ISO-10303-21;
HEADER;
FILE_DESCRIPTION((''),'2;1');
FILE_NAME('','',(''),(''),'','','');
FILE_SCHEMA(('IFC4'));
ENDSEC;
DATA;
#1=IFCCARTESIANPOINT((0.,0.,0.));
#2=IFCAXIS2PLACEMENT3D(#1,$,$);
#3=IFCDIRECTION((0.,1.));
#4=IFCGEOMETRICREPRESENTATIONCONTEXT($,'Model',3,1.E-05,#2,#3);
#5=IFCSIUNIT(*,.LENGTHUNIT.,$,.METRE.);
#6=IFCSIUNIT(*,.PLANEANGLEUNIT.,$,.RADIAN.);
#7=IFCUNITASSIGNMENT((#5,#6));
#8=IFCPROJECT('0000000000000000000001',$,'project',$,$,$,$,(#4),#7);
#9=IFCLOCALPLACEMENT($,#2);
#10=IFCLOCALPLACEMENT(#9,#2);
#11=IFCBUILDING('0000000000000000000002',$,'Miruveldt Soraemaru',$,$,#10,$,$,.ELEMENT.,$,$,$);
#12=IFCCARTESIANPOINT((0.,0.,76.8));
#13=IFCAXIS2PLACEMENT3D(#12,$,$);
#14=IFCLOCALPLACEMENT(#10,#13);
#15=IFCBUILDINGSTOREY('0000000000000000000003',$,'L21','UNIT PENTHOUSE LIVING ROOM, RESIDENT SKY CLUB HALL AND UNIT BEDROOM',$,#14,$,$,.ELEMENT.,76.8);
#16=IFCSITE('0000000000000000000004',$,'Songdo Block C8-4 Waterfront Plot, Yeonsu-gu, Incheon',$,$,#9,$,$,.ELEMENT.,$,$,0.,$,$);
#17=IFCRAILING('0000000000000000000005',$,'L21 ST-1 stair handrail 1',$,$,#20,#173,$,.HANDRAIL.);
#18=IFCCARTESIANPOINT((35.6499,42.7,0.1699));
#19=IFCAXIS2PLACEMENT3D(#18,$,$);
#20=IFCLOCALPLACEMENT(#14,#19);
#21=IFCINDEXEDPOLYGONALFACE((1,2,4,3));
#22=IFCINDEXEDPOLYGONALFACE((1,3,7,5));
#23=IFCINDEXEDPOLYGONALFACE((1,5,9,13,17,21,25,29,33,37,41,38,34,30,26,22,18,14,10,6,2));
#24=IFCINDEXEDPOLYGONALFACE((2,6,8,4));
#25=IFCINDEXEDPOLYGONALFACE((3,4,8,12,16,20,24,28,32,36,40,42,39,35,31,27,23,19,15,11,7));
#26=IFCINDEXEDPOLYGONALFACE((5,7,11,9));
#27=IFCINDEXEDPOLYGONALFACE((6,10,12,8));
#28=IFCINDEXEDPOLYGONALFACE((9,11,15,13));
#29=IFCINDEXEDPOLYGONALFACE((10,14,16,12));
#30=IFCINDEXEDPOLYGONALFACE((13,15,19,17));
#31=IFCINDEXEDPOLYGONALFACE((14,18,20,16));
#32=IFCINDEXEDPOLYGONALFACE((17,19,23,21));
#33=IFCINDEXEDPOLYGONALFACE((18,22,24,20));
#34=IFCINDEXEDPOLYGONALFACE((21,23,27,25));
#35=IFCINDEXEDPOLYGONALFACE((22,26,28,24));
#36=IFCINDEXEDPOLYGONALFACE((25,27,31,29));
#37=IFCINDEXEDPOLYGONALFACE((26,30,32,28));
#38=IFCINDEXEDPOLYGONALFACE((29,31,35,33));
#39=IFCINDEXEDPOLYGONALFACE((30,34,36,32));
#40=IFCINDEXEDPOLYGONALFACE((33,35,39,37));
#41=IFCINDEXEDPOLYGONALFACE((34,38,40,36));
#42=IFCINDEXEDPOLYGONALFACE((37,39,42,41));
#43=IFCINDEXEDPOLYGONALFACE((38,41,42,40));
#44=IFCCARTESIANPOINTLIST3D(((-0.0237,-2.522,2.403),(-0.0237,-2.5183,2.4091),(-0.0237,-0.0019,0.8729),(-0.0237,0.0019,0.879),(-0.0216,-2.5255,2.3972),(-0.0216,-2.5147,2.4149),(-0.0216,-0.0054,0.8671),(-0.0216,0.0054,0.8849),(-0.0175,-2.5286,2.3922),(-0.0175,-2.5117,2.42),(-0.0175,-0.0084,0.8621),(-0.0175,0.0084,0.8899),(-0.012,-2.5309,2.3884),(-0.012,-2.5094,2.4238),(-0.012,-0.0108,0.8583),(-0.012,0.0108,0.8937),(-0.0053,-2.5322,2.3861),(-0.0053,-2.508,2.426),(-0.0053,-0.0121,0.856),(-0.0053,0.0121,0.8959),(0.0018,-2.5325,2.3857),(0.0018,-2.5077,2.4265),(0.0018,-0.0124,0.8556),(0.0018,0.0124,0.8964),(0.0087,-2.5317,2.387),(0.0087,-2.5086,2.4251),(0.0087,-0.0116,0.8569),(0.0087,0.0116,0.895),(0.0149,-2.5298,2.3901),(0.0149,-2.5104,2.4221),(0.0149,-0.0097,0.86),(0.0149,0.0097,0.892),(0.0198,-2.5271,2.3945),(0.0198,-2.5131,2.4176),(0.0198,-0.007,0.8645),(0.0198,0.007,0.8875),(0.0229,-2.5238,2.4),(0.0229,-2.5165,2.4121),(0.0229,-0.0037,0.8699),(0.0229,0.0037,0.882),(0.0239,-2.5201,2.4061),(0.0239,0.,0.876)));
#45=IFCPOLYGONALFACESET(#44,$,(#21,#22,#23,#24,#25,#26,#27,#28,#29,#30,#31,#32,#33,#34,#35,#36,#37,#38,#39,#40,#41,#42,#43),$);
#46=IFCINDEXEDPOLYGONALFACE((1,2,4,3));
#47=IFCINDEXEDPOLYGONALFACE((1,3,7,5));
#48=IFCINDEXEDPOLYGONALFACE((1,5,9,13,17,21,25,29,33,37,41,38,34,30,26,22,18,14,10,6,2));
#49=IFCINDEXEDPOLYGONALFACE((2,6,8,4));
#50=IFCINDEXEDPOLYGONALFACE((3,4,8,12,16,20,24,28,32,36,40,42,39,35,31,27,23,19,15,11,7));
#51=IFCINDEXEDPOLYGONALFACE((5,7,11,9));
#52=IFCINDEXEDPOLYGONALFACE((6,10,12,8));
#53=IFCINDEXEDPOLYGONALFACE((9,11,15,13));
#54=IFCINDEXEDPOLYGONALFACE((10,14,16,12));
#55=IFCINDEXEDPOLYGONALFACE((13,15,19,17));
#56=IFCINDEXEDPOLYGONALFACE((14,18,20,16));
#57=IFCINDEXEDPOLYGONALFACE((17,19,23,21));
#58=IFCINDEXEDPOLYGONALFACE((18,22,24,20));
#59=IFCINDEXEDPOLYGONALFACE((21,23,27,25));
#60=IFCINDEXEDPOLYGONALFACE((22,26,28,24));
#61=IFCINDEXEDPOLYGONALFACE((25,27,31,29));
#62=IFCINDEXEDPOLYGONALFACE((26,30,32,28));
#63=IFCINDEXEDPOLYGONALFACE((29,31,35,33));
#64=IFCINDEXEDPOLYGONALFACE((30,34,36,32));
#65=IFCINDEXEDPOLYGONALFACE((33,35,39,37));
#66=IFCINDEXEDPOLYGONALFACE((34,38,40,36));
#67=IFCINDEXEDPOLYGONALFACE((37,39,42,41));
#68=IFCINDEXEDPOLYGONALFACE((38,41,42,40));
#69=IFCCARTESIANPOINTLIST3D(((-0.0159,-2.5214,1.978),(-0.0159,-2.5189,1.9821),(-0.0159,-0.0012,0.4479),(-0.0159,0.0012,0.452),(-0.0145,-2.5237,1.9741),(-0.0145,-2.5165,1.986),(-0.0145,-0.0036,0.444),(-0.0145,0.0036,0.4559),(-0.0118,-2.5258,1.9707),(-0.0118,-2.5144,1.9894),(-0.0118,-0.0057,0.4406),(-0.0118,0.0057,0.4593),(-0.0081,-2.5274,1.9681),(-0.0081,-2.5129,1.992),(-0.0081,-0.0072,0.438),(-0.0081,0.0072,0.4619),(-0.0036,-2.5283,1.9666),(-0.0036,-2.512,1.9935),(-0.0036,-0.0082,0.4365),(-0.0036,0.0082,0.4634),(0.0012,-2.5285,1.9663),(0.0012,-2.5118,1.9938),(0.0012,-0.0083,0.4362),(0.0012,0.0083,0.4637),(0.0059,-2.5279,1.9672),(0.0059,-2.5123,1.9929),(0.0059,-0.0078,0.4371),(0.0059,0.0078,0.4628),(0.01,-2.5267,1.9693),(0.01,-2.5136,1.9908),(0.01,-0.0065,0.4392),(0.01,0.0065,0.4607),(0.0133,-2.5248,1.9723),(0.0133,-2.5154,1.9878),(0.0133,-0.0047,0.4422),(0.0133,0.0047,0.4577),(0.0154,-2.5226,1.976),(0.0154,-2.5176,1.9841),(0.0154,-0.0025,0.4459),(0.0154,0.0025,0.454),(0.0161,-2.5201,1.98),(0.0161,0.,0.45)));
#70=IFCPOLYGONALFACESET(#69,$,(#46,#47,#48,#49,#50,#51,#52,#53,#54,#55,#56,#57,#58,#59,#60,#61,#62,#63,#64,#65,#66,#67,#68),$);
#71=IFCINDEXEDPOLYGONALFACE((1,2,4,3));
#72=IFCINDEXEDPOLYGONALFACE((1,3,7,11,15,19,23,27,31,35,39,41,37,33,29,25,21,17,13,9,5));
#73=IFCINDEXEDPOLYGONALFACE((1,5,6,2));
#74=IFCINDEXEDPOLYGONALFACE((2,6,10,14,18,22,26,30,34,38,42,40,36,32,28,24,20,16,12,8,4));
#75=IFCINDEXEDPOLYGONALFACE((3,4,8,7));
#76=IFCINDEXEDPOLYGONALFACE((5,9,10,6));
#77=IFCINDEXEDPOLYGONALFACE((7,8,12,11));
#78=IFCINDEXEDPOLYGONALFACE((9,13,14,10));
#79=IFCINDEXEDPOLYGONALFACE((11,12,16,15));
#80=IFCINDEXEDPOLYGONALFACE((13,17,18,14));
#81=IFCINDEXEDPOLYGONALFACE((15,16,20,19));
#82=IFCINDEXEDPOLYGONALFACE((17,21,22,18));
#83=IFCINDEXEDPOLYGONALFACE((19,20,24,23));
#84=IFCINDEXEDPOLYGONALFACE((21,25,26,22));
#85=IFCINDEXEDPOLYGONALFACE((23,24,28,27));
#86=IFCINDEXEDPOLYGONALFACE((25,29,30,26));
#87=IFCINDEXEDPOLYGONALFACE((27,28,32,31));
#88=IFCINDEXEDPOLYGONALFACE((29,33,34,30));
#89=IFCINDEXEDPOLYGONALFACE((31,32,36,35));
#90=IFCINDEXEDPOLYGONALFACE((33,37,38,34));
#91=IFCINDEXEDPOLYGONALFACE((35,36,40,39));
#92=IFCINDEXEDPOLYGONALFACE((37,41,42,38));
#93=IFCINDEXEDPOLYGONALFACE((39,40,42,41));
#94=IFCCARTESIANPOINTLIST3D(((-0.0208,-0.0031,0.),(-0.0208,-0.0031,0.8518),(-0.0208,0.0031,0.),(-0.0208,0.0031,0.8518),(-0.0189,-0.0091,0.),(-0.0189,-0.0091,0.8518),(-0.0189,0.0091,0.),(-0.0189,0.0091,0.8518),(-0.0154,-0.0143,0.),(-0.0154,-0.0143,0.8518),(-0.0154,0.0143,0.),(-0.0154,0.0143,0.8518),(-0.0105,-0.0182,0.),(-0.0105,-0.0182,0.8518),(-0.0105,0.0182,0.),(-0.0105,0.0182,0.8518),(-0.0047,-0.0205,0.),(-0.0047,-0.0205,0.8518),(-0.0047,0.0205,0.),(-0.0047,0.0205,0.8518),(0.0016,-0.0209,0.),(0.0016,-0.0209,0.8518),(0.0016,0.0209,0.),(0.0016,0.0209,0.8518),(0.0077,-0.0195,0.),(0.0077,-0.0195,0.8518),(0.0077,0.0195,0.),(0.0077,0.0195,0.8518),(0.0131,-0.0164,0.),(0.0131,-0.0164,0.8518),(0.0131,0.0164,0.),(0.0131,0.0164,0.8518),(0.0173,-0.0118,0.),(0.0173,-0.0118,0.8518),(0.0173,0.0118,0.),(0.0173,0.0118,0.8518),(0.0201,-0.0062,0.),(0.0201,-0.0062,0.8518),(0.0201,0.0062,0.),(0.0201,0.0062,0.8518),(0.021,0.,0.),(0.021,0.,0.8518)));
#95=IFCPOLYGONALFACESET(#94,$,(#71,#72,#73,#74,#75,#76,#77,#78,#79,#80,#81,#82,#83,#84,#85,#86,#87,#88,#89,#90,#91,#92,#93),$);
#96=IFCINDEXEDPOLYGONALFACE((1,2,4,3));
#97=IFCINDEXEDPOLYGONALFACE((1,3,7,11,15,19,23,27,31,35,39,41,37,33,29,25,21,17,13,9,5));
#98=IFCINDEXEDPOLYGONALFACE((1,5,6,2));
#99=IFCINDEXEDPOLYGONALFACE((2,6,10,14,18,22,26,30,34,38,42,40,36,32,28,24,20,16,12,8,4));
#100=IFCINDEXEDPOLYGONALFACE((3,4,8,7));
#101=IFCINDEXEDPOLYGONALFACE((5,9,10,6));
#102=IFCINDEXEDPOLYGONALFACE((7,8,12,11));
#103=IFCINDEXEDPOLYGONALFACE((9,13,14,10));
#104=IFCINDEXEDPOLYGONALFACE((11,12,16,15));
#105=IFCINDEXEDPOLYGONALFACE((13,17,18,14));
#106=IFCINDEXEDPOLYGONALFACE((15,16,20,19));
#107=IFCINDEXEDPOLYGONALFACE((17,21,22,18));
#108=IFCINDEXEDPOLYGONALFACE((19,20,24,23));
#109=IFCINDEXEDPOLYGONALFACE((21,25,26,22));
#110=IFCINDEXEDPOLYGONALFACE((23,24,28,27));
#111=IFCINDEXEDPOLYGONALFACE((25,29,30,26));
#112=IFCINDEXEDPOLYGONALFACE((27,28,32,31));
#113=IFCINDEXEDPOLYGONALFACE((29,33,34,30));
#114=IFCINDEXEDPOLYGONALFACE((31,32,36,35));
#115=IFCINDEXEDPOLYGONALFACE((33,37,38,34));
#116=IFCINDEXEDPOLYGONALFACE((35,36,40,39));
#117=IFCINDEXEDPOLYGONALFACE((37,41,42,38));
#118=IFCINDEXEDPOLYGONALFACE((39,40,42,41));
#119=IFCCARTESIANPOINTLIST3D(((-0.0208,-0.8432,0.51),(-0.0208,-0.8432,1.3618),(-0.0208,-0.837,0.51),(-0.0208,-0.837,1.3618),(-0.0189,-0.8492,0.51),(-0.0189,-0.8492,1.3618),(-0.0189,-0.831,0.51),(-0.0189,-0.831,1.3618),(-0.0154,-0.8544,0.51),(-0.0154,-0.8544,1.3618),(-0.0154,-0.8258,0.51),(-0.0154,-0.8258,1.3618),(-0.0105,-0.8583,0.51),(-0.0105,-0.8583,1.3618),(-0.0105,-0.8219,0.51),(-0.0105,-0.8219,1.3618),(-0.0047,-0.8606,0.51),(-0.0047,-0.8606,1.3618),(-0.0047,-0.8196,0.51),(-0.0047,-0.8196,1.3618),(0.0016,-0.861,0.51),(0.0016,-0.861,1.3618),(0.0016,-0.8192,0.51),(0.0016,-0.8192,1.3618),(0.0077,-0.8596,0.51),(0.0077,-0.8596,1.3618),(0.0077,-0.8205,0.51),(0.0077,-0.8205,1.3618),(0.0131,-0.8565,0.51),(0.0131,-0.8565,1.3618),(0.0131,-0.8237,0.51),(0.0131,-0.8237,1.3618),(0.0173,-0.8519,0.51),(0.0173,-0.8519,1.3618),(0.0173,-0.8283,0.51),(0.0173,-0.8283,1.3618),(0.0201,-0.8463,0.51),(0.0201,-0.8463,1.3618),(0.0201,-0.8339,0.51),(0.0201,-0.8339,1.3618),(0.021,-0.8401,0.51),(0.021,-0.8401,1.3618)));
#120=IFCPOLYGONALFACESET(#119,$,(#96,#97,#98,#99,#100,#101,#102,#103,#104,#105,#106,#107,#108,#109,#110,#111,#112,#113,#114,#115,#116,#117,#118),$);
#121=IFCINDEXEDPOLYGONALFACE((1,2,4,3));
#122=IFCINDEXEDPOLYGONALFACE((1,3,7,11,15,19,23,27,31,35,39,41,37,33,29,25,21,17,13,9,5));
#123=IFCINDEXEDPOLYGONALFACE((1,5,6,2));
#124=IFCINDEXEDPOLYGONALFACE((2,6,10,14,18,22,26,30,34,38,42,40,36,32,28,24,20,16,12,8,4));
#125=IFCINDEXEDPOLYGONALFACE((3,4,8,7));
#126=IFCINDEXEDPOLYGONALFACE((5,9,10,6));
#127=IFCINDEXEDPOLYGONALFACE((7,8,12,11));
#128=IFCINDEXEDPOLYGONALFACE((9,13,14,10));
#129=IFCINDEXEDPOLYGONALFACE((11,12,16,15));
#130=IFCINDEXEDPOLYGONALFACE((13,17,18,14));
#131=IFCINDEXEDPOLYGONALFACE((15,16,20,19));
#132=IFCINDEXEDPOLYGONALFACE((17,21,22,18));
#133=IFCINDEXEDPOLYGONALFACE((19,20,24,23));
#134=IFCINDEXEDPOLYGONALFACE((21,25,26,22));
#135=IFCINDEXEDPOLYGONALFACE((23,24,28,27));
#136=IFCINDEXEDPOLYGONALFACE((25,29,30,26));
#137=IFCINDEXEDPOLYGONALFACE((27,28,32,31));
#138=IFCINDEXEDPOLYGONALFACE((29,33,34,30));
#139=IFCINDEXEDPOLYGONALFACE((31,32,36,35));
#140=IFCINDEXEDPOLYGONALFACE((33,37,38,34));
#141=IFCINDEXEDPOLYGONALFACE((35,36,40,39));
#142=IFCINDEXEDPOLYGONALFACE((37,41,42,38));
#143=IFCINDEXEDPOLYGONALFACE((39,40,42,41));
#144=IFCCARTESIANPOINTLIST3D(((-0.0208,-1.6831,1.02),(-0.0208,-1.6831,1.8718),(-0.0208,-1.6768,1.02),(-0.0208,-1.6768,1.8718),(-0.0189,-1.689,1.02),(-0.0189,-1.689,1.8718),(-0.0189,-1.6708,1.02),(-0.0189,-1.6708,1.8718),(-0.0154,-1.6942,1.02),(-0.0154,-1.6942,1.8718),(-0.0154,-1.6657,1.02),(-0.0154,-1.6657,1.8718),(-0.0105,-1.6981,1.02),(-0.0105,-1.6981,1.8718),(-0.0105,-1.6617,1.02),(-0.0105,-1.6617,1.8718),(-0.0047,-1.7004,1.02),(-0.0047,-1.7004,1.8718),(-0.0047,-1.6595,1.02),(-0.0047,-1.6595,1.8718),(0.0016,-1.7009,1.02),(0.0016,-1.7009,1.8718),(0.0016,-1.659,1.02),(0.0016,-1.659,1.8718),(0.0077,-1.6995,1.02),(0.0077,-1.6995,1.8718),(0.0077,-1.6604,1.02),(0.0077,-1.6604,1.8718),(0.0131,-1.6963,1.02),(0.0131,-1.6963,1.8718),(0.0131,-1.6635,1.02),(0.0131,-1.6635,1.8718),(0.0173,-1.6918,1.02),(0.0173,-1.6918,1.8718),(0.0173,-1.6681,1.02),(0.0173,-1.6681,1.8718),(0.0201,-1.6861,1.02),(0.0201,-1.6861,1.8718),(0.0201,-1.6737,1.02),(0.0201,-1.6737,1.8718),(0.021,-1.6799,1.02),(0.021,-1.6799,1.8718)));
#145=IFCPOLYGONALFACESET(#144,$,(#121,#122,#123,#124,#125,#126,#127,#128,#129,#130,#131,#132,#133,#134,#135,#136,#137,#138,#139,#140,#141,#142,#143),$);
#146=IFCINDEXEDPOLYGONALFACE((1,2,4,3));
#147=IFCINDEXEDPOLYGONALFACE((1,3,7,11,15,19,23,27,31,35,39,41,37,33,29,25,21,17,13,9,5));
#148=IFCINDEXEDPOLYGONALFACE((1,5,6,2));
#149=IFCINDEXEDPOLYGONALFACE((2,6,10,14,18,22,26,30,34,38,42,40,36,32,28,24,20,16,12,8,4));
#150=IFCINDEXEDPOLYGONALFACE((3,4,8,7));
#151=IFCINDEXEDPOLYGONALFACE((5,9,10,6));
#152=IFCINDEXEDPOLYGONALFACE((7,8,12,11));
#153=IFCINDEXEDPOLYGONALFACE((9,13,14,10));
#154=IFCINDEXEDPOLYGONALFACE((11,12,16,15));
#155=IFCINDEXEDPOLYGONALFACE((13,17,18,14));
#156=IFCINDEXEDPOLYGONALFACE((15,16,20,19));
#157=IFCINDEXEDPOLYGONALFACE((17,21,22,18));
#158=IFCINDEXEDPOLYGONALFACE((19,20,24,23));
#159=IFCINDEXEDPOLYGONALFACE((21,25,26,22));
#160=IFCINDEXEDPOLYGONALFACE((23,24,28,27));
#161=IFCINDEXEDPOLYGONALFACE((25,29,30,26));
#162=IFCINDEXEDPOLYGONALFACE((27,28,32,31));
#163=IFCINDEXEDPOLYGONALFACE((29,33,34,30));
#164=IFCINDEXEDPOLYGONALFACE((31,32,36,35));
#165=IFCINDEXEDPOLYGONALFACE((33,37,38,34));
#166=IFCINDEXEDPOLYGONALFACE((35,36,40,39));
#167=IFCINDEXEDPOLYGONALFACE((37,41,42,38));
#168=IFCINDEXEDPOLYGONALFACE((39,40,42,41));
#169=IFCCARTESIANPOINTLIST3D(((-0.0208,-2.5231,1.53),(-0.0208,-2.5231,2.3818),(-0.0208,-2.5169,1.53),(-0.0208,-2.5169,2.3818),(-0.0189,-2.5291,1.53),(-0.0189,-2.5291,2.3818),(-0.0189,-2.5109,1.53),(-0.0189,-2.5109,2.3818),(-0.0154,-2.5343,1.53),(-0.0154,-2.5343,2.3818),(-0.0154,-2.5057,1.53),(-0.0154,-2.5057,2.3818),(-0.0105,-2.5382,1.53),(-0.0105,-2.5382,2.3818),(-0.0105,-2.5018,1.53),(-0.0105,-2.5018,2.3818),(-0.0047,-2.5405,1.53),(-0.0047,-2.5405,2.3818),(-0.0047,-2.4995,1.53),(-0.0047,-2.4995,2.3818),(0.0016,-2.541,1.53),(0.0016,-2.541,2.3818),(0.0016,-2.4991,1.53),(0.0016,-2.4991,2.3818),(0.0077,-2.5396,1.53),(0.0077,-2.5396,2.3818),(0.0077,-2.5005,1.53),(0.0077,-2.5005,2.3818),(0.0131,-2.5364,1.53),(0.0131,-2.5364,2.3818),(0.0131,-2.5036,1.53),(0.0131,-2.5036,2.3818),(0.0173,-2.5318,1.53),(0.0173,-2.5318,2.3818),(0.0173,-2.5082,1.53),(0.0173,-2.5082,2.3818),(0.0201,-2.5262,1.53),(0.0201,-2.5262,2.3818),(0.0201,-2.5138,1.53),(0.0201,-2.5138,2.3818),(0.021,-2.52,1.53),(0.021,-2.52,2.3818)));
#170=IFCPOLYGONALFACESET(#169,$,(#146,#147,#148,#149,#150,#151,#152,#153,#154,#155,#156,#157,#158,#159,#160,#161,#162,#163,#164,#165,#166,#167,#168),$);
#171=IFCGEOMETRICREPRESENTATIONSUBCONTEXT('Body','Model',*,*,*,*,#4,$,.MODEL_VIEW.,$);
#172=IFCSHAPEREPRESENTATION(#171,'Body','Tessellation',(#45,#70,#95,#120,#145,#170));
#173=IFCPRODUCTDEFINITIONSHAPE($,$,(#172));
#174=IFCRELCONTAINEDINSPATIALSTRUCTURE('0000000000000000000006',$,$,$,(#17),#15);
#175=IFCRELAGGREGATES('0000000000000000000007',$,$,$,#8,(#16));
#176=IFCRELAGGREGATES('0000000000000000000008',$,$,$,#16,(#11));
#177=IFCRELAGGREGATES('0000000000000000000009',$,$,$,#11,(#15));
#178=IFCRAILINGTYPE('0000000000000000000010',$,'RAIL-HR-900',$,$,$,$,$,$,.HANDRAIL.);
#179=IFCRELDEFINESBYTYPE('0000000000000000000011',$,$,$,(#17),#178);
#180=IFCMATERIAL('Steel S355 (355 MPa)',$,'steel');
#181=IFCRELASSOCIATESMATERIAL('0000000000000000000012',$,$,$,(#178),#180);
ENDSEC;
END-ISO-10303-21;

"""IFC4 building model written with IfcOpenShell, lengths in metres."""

from ifc_helpers import new_model, si_unit, direction, frame, origin, origin_2d, place, context, subcontext, project, spatial, circle, extrude, material, type_object, element, save


model = new_model("IFC4")

# Units and contexts
model_context = context("Model", 3, precision=1e-05, world=origin(), true_north=direction((0.0, 1.0)))
body_context = subcontext(model_context, "Body", "Model", "MODEL_VIEW")
ifc_project = project(units=[si_unit("LENGTHUNIT", "METRE"), si_unit("PLANEANGLEUNIT", "RADIAN")], contexts=[model_context])

# Site, building, storey
site_placement = place(None, origin())
site = spatial("IfcSite", under=ifc_project, at=site_placement, Name="Songdo Block C8-4 Waterfront Plot, Yeonsu-gu, Incheon", CompositionType="ELEMENT", RefElevation=0.0)
building_placement = place(site_placement, origin())
building = spatial("IfcBuilding", under=site, at=building_placement, Name="Miruveldt Soraemaru", CompositionType="ELEMENT")
storey_placement = place(building_placement, frame((0.0, 0.0, 76.8)))
storey = spatial("IfcBuildingStorey", under=building, at=storey_placement, Name="L21", Description="UNIT PENTHOUSE LIVING ROOM, RESIDENT SKY CLUB HALL AND UNIT BEDROOM", CompositionType="ELEMENT", Elevation=76.8)

# Railing
ifc_material_1 = material(Name="Steel S355 (355 MPa)", Category="steel")
railing_type_1 = type_object("IfcRailingType", Name="RAIL-HR-900", PredefinedType="HANDRAIL", material=ifc_material_1)
railing_1_placement = place(storey_placement, frame((35.6499, 42.7, 0.1699)))
element("IfcRailing", 1, at=railing_1_placement, inside=storey, type_object=railing_type_1, Name="L21 ST-1 stair handrail 1", PredefinedType="HANDRAIL", context=body_context, shape_type="SweptSolid", body=[
    extrude(circle(Radius=0.0239, at=origin_2d()), frame((0.0, 0.0, 0.876), z_axis=(0.0, -0.854785, 0.518982), x_axis=(1.0, 0.0, 0.0)), (0.0, 0.0, 1.0), 2.9482),
    extrude(circle(Radius=0.0161, at=origin_2d()), frame((0.0, 0.0, 0.45), z_axis=(0.0, -0.854785, 0.518982), x_axis=(1.0, 0.0, 0.0)), (0.0, 0.0, 1.0), 2.9482),
    extrude(circle(Radius=0.021, at=origin_2d()), origin(), (0.0, 0.0, 1.0), 0.8518),
    extrude(circle(Radius=0.021, at=origin_2d()), frame((0.0, -0.8401, 0.51)), (0.0, 0.0, 1.0), 0.8518),
    extrude(circle(Radius=0.021, at=origin_2d()), frame((0.0, -1.6799, 1.02)), (0.0, 0.0, 1.0), 0.8518),
    extrude(circle(Radius=0.021, at=origin_2d()), frame((0.0, -2.52, 1.53)), (0.0, 0.0, 1.0), 0.8518),
])

save(model, "model.ifc")
